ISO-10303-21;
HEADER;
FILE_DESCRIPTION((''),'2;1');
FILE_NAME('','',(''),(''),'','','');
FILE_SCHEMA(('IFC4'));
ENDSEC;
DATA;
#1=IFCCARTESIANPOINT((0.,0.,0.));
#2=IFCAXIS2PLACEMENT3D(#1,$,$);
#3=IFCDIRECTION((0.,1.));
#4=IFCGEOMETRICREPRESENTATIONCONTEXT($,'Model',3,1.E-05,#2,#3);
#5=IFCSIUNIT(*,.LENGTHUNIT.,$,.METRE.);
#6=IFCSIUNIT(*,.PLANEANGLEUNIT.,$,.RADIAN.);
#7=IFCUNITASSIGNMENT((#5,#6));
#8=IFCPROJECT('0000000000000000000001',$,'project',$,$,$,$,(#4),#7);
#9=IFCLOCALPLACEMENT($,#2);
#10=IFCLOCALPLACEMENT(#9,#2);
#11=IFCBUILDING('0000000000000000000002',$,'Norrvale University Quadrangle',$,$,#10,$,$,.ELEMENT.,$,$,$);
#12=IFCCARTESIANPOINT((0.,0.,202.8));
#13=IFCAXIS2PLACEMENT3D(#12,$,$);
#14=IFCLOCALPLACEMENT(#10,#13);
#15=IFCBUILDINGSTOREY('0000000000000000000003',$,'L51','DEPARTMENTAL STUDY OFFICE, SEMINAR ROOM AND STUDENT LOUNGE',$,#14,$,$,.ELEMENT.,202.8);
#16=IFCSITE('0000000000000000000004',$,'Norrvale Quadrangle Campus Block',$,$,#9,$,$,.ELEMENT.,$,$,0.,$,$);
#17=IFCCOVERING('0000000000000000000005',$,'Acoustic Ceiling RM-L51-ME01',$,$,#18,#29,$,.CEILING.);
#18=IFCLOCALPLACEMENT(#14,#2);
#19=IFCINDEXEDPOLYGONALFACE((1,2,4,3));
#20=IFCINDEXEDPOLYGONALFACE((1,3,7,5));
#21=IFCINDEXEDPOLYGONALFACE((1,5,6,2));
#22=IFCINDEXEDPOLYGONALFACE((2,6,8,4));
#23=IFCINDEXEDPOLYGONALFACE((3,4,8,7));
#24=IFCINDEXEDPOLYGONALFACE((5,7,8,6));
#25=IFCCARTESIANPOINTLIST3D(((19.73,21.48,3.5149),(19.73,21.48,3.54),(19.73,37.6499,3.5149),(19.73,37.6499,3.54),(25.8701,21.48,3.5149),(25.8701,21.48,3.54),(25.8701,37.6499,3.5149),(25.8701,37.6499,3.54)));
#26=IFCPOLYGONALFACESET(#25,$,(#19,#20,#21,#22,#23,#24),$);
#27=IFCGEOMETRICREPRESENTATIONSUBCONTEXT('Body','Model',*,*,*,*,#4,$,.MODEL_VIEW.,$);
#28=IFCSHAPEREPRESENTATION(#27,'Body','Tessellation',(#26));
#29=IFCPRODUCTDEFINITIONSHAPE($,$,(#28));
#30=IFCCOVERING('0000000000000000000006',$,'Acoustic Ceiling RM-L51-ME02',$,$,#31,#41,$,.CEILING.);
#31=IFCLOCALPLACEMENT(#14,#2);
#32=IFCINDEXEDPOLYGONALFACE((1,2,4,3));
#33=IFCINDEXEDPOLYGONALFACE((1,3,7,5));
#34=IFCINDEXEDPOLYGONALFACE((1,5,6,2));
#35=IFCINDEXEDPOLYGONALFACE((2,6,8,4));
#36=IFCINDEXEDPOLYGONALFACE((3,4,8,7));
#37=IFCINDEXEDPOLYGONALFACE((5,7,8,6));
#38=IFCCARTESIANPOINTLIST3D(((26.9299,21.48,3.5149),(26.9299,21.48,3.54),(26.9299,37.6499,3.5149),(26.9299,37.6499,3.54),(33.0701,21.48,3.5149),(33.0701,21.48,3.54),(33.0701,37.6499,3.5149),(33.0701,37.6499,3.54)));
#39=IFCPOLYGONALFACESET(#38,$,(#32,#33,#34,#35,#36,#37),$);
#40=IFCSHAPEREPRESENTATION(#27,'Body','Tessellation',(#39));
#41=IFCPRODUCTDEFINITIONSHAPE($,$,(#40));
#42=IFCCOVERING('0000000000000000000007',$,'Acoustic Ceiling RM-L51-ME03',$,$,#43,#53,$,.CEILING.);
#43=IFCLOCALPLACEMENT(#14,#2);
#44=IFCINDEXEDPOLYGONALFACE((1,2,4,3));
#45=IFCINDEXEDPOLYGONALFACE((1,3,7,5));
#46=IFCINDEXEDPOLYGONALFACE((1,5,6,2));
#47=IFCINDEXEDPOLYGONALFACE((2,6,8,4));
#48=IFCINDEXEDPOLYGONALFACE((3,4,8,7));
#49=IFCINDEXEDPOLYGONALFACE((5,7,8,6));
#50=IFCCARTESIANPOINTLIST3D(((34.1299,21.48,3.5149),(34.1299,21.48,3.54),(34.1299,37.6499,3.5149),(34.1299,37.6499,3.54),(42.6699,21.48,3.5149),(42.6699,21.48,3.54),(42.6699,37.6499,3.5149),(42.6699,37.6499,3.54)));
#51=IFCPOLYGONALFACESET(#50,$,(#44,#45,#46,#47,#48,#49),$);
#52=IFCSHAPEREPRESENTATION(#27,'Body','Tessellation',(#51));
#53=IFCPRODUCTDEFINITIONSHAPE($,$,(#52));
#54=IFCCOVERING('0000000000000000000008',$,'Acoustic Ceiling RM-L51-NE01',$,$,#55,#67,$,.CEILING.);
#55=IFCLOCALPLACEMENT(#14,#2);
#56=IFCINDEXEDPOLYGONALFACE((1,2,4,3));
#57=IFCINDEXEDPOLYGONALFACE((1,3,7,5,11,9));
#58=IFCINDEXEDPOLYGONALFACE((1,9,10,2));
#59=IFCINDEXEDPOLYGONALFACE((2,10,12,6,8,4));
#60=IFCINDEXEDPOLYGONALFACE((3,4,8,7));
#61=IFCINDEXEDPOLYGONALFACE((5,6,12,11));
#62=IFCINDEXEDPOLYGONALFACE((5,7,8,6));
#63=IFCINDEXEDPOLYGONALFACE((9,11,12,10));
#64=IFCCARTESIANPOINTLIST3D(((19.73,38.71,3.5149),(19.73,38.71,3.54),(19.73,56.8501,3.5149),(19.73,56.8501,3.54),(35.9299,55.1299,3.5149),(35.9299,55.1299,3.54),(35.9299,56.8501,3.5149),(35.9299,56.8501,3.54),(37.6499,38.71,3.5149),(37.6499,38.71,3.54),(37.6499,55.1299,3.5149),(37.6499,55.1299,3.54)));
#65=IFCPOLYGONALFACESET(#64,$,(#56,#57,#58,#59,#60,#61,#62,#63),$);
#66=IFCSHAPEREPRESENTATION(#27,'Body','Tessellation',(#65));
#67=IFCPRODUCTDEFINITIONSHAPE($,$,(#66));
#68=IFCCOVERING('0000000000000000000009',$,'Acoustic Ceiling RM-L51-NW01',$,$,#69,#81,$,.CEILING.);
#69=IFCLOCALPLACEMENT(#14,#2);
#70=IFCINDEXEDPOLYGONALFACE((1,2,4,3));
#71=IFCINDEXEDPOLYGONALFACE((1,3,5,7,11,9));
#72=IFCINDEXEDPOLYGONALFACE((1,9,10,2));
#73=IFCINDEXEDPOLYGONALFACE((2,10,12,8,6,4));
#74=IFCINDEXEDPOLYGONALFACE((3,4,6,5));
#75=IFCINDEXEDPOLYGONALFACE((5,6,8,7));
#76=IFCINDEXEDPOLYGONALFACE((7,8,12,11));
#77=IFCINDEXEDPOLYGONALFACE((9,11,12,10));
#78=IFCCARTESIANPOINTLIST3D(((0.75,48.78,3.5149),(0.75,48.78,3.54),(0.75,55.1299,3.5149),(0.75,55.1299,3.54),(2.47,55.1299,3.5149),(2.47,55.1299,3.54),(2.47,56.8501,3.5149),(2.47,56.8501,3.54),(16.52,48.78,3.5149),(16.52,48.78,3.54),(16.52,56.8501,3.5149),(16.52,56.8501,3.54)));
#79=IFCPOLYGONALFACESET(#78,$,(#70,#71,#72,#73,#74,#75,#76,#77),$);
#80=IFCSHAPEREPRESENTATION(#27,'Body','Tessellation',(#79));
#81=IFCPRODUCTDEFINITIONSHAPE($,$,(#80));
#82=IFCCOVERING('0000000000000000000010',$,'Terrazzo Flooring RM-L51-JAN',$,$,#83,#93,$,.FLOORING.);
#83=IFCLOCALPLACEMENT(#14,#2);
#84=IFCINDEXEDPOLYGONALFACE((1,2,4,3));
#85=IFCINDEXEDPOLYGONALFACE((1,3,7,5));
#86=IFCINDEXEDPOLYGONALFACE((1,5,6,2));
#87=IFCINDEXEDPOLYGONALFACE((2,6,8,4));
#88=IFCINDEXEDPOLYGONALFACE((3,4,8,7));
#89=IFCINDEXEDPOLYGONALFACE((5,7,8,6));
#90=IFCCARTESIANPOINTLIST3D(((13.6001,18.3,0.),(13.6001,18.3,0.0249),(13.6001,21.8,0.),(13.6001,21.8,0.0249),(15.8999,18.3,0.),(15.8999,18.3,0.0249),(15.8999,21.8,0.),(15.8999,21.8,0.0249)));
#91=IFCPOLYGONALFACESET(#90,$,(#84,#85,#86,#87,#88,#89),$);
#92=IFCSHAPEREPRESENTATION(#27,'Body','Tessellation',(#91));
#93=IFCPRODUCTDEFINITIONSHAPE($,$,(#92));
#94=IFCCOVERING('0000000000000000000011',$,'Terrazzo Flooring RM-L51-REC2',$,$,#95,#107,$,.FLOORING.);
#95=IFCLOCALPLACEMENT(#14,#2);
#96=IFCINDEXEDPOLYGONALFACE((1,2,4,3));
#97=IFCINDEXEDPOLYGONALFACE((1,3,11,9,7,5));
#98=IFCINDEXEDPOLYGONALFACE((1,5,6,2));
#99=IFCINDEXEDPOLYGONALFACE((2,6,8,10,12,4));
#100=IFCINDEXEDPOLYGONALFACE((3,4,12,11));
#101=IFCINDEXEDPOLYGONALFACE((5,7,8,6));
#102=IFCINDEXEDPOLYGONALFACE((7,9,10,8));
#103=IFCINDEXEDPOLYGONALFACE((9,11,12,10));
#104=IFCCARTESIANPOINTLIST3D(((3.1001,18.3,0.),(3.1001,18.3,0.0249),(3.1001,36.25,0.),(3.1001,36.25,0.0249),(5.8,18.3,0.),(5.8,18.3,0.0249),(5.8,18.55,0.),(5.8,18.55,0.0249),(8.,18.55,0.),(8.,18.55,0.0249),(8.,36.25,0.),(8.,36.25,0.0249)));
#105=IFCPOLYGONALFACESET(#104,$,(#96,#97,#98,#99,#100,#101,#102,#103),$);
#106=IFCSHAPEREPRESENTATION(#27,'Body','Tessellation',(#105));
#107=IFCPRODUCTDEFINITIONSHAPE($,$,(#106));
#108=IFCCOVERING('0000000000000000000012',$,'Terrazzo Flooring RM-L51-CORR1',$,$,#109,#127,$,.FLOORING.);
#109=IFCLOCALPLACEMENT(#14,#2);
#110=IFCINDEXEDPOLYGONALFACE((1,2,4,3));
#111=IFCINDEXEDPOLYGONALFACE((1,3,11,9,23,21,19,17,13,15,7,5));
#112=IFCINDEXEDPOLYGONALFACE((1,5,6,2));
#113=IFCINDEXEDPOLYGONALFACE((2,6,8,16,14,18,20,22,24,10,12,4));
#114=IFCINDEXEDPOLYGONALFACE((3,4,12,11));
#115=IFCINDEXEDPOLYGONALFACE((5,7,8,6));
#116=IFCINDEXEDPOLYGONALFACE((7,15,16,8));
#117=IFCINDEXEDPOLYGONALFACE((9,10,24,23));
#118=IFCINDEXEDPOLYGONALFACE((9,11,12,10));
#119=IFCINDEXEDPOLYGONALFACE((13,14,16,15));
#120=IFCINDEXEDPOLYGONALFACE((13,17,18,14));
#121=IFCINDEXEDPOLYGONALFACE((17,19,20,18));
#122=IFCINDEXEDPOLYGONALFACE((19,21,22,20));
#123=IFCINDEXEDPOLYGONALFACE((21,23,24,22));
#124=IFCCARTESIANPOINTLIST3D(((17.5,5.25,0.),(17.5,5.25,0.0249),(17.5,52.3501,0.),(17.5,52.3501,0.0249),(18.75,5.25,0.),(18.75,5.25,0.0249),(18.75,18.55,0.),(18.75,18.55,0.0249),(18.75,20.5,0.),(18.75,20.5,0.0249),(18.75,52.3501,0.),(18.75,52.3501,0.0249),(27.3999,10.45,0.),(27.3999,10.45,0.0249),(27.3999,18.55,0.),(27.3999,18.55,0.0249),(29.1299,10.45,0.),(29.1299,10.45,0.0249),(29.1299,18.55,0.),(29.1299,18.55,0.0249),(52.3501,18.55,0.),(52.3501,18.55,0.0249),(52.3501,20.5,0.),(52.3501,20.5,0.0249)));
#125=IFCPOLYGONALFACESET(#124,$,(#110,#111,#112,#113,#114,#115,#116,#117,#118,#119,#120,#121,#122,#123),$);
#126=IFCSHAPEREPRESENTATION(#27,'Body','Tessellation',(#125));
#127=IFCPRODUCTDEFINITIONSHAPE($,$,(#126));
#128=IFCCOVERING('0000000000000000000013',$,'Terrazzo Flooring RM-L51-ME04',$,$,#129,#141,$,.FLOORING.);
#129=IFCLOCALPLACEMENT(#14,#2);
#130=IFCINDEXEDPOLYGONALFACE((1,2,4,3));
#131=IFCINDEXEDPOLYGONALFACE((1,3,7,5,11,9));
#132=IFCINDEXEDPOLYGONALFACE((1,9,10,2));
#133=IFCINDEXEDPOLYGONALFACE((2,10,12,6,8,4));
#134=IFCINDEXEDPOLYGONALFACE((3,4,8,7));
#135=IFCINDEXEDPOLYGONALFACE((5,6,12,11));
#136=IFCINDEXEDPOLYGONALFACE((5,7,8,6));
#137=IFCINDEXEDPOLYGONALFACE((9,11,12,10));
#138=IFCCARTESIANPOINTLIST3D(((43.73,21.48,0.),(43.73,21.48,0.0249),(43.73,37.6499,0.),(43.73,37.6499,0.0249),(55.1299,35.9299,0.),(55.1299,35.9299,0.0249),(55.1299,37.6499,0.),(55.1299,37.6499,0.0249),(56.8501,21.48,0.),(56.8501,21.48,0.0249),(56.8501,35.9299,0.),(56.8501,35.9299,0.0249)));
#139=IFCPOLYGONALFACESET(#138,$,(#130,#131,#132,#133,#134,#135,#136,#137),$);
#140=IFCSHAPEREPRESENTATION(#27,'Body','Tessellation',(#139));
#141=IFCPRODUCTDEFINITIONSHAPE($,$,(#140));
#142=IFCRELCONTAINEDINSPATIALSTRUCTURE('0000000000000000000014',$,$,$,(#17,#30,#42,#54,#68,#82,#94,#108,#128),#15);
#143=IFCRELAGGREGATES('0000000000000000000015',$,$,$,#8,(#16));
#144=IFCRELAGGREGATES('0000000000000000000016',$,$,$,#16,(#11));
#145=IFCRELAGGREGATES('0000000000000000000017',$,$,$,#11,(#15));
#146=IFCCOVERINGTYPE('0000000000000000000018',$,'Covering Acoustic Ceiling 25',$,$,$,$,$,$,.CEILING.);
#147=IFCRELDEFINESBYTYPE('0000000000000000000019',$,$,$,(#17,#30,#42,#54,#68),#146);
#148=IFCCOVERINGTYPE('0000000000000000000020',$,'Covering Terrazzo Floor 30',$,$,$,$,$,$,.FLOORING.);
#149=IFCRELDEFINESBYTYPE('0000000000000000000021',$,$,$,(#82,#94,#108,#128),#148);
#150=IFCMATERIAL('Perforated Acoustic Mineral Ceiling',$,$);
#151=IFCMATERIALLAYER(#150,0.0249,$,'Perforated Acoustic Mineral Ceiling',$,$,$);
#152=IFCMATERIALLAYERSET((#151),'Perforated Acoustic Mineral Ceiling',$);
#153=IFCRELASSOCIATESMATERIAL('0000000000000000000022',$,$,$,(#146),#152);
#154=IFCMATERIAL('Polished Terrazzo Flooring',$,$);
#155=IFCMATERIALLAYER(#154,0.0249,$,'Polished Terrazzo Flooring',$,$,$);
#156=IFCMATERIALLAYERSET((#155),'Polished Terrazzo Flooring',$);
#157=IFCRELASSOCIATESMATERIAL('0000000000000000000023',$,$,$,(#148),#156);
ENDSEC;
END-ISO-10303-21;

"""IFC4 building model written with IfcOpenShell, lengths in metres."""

from ifc_helpers import new_model, si_unit, direction, frame, origin, place, context, subcontext, project, spatial, polyline, outline, extrude, material, layer, layer_set, type_object, element, save


model = new_model("IFC4")

# Units and contexts
model_context = context("Model", 3, precision=1e-05, world=origin(), true_north=direction((0.0, 1.0)))
body_context = subcontext(model_context, "Body", "Model", "MODEL_VIEW")
ifc_project = project(units=[si_unit("LENGTHUNIT", "METRE"), si_unit("PLANEANGLEUNIT", "RADIAN")], contexts=[model_context])

# Site, building, storey
site_placement = place(None, origin())
site = spatial("IfcSite", under=ifc_project, at=site_placement, Name="Norrvale Quadrangle Campus Block", CompositionType="ELEMENT", RefElevation=0.0)
building_placement = place(site_placement, origin())
building = spatial("IfcBuilding", under=site, at=building_placement, Name="Norrvale University Quadrangle", CompositionType="ELEMENT")
storey_placement = place(building_placement, frame((0.0, 0.0, 202.8)))
storey = spatial("IfcBuildingStorey", under=building, at=storey_placement, Name="L51", Description="DEPARTMENTAL STUDY OFFICE, SEMINAR ROOM AND STUDENT LOUNGE", CompositionType="ELEMENT", Elevation=202.8)

# Coverings
ifc_material_1 = material(Name="Perforated Acoustic Mineral Ceiling")
ifc_layer_1 = layer(ifc_material_1, 0.0249, Name="Perforated Acoustic Mineral Ceiling")
ifc_layer_set_1 = layer_set([ifc_layer_1], Name="Perforated Acoustic Mineral Ceiling")
covering_type_1 = type_object("IfcCoveringType", Name="Covering Acoustic Ceiling 25", PredefinedType="CEILING", material=ifc_layer_set_1)
covering_1_placement = place(storey_placement, frame((0.0, 0.0, 3.5149)))
element("IfcCovering", 1, at=covering_1_placement, inside=storey, type_object=covering_type_1, Name="Acoustic Ceiling RM-L51-ME01", PredefinedType="CEILING", context=body_context, shape_type="SweptSolid", body=[
    extrude(outline(polyline([(19.73, 37.6499), (25.8701, 37.6499), (25.8701, 21.48), (19.73, 21.48), (19.73, 37.6499)])), origin(), (0.0, 0.0, 1.0), 0.0251),
])
covering_2_placement = place(storey_placement, frame((0.0, 0.0, 3.5149)))
element("IfcCovering", 2, at=covering_2_placement, inside=storey, type_object=covering_type_1, Name="Acoustic Ceiling RM-L51-ME02", PredefinedType="CEILING", context=body_context, shape_type="SweptSolid", body=[
    extrude(outline(polyline([(26.9299, 37.6499), (33.0701, 37.6499), (33.0701, 21.48), (26.9299, 21.48), (26.9299, 37.6499)])), origin(), (0.0, 0.0, 1.0), 0.0251),
])
covering_3_placement = place(storey_placement, frame((0.0, 0.0, 3.5149)))
element("IfcCovering", 3, at=covering_3_placement, inside=storey, type_object=covering_type_1, Name="Acoustic Ceiling RM-L51-ME03", PredefinedType="CEILING", context=body_context, shape_type="SweptSolid", body=[
    extrude(outline(polyline([(34.1299, 37.6499), (42.6699, 37.6499), (42.6699, 21.48), (34.1299, 21.48), (34.1299, 37.6499)])), origin(), (0.0, 0.0, 1.0), 0.0251),
])
covering_4_placement = place(storey_placement, frame((0.0, 0.0, 3.5149)))
element("IfcCovering", 4, at=covering_4_placement, inside=storey, type_object=covering_type_1, Name="Acoustic Ceiling RM-L51-NE01", PredefinedType="CEILING", context=body_context, shape_type="SweptSolid", body=[
    extrude(outline(polyline([(37.6499, 38.71), (19.73, 38.71), (19.73, 56.8501), (35.9299, 56.8501), (35.9299, 55.1299), (37.6499, 55.1299), (37.6499, 38.71)])), origin(), (0.0, 0.0, 1.0), 0.0251),
])
covering_5_placement = place(storey_placement, frame((0.0, 0.0, 3.5149)))
element("IfcCovering", 5, at=covering_5_placement, inside=storey, type_object=covering_type_1, Name="Acoustic Ceiling RM-L51-NW01", PredefinedType="CEILING", context=body_context, shape_type="SweptSolid", body=[
    extrude(outline(polyline([(16.52, 56.8501), (16.52, 48.78), (0.75, 48.78), (0.75, 55.1299), (2.47, 55.1299), (2.47, 56.8501), (16.52, 56.8501)])), origin(), (0.0, 0.0, 1.0), 0.0251),
])
ifc_material_2 = material(Name="Polished Terrazzo Flooring")
ifc_layer_2 = layer(ifc_material_2, 0.0249, Name="Polished Terrazzo Flooring")
ifc_layer_set_2 = layer_set([ifc_layer_2], Name="Polished Terrazzo Flooring")
covering_type_2 = type_object("IfcCoveringType", Name="Covering Terrazzo Floor 30", PredefinedType="FLOORING", material=ifc_layer_set_2)
covering_6_placement = place(storey_placement, origin())
element("IfcCovering", 6, at=covering_6_placement, inside=storey, type_object=covering_type_2, Name="Terrazzo Flooring RM-L51-JAN", PredefinedType="FLOORING", context=body_context, shape_type="SweptSolid", body=[
    extrude(outline(polyline([(13.6001, 18.3), (13.6001, 21.8), (15.8999, 21.8), (15.8999, 18.3), (13.6001, 18.3)])), origin(), (0.0, 0.0, 1.0), 0.0249),
])
covering_7_placement = place(storey_placement, origin())
element("IfcCovering", 7, at=covering_7_placement, inside=storey, type_object=covering_type_2, Name="Terrazzo Flooring RM-L51-REC2", PredefinedType="FLOORING", context=body_context, shape_type="SweptSolid", body=[
    extrude(outline(polyline([(3.1001, 18.3), (3.1001, 36.25), (8.0, 36.25), (8.0, 18.55), (5.8, 18.55), (5.8, 18.3), (3.1001, 18.3)])), origin(), (0.0, 0.0, 1.0), 0.0249),
])
covering_8_placement = place(storey_placement, origin())
element("IfcCovering", 8, at=covering_8_placement, inside=storey, type_object=covering_type_2, Name="Terrazzo Flooring RM-L51-CORR1", PredefinedType="FLOORING", context=body_context, shape_type="SweptSolid", body=[
    extrude(outline(polyline([(17.5, 5.25), (17.5, 52.3501), (18.75, 52.3501), (18.75, 20.5), (52.3501, 20.5), (52.3501, 18.55), (29.1299, 18.55), (29.1299, 10.45), (27.3999, 10.45), (27.3999, 18.55), (18.75, 18.55), (18.75, 5.25), (17.5, 5.25)])), origin(), (0.0, 0.0, 1.0), 0.0249),
])
covering_9_placement = place(storey_placement, origin())
element("IfcCovering", 9, at=covering_9_placement, inside=storey, type_object=covering_type_2, Name="Terrazzo Flooring RM-L51-ME04", PredefinedType="FLOORING", context=body_context, shape_type="SweptSolid", body=[
    extrude(outline(polyline([(56.8501, 21.48), (43.73, 21.48), (43.73, 37.6499), (55.1299, 37.6499), (55.1299, 35.9299), (56.8501, 35.9299), (56.8501, 21.48)])), origin(), (0.0, 0.0, 1.0), 0.0249),
])

save(model, "model.ifc")
